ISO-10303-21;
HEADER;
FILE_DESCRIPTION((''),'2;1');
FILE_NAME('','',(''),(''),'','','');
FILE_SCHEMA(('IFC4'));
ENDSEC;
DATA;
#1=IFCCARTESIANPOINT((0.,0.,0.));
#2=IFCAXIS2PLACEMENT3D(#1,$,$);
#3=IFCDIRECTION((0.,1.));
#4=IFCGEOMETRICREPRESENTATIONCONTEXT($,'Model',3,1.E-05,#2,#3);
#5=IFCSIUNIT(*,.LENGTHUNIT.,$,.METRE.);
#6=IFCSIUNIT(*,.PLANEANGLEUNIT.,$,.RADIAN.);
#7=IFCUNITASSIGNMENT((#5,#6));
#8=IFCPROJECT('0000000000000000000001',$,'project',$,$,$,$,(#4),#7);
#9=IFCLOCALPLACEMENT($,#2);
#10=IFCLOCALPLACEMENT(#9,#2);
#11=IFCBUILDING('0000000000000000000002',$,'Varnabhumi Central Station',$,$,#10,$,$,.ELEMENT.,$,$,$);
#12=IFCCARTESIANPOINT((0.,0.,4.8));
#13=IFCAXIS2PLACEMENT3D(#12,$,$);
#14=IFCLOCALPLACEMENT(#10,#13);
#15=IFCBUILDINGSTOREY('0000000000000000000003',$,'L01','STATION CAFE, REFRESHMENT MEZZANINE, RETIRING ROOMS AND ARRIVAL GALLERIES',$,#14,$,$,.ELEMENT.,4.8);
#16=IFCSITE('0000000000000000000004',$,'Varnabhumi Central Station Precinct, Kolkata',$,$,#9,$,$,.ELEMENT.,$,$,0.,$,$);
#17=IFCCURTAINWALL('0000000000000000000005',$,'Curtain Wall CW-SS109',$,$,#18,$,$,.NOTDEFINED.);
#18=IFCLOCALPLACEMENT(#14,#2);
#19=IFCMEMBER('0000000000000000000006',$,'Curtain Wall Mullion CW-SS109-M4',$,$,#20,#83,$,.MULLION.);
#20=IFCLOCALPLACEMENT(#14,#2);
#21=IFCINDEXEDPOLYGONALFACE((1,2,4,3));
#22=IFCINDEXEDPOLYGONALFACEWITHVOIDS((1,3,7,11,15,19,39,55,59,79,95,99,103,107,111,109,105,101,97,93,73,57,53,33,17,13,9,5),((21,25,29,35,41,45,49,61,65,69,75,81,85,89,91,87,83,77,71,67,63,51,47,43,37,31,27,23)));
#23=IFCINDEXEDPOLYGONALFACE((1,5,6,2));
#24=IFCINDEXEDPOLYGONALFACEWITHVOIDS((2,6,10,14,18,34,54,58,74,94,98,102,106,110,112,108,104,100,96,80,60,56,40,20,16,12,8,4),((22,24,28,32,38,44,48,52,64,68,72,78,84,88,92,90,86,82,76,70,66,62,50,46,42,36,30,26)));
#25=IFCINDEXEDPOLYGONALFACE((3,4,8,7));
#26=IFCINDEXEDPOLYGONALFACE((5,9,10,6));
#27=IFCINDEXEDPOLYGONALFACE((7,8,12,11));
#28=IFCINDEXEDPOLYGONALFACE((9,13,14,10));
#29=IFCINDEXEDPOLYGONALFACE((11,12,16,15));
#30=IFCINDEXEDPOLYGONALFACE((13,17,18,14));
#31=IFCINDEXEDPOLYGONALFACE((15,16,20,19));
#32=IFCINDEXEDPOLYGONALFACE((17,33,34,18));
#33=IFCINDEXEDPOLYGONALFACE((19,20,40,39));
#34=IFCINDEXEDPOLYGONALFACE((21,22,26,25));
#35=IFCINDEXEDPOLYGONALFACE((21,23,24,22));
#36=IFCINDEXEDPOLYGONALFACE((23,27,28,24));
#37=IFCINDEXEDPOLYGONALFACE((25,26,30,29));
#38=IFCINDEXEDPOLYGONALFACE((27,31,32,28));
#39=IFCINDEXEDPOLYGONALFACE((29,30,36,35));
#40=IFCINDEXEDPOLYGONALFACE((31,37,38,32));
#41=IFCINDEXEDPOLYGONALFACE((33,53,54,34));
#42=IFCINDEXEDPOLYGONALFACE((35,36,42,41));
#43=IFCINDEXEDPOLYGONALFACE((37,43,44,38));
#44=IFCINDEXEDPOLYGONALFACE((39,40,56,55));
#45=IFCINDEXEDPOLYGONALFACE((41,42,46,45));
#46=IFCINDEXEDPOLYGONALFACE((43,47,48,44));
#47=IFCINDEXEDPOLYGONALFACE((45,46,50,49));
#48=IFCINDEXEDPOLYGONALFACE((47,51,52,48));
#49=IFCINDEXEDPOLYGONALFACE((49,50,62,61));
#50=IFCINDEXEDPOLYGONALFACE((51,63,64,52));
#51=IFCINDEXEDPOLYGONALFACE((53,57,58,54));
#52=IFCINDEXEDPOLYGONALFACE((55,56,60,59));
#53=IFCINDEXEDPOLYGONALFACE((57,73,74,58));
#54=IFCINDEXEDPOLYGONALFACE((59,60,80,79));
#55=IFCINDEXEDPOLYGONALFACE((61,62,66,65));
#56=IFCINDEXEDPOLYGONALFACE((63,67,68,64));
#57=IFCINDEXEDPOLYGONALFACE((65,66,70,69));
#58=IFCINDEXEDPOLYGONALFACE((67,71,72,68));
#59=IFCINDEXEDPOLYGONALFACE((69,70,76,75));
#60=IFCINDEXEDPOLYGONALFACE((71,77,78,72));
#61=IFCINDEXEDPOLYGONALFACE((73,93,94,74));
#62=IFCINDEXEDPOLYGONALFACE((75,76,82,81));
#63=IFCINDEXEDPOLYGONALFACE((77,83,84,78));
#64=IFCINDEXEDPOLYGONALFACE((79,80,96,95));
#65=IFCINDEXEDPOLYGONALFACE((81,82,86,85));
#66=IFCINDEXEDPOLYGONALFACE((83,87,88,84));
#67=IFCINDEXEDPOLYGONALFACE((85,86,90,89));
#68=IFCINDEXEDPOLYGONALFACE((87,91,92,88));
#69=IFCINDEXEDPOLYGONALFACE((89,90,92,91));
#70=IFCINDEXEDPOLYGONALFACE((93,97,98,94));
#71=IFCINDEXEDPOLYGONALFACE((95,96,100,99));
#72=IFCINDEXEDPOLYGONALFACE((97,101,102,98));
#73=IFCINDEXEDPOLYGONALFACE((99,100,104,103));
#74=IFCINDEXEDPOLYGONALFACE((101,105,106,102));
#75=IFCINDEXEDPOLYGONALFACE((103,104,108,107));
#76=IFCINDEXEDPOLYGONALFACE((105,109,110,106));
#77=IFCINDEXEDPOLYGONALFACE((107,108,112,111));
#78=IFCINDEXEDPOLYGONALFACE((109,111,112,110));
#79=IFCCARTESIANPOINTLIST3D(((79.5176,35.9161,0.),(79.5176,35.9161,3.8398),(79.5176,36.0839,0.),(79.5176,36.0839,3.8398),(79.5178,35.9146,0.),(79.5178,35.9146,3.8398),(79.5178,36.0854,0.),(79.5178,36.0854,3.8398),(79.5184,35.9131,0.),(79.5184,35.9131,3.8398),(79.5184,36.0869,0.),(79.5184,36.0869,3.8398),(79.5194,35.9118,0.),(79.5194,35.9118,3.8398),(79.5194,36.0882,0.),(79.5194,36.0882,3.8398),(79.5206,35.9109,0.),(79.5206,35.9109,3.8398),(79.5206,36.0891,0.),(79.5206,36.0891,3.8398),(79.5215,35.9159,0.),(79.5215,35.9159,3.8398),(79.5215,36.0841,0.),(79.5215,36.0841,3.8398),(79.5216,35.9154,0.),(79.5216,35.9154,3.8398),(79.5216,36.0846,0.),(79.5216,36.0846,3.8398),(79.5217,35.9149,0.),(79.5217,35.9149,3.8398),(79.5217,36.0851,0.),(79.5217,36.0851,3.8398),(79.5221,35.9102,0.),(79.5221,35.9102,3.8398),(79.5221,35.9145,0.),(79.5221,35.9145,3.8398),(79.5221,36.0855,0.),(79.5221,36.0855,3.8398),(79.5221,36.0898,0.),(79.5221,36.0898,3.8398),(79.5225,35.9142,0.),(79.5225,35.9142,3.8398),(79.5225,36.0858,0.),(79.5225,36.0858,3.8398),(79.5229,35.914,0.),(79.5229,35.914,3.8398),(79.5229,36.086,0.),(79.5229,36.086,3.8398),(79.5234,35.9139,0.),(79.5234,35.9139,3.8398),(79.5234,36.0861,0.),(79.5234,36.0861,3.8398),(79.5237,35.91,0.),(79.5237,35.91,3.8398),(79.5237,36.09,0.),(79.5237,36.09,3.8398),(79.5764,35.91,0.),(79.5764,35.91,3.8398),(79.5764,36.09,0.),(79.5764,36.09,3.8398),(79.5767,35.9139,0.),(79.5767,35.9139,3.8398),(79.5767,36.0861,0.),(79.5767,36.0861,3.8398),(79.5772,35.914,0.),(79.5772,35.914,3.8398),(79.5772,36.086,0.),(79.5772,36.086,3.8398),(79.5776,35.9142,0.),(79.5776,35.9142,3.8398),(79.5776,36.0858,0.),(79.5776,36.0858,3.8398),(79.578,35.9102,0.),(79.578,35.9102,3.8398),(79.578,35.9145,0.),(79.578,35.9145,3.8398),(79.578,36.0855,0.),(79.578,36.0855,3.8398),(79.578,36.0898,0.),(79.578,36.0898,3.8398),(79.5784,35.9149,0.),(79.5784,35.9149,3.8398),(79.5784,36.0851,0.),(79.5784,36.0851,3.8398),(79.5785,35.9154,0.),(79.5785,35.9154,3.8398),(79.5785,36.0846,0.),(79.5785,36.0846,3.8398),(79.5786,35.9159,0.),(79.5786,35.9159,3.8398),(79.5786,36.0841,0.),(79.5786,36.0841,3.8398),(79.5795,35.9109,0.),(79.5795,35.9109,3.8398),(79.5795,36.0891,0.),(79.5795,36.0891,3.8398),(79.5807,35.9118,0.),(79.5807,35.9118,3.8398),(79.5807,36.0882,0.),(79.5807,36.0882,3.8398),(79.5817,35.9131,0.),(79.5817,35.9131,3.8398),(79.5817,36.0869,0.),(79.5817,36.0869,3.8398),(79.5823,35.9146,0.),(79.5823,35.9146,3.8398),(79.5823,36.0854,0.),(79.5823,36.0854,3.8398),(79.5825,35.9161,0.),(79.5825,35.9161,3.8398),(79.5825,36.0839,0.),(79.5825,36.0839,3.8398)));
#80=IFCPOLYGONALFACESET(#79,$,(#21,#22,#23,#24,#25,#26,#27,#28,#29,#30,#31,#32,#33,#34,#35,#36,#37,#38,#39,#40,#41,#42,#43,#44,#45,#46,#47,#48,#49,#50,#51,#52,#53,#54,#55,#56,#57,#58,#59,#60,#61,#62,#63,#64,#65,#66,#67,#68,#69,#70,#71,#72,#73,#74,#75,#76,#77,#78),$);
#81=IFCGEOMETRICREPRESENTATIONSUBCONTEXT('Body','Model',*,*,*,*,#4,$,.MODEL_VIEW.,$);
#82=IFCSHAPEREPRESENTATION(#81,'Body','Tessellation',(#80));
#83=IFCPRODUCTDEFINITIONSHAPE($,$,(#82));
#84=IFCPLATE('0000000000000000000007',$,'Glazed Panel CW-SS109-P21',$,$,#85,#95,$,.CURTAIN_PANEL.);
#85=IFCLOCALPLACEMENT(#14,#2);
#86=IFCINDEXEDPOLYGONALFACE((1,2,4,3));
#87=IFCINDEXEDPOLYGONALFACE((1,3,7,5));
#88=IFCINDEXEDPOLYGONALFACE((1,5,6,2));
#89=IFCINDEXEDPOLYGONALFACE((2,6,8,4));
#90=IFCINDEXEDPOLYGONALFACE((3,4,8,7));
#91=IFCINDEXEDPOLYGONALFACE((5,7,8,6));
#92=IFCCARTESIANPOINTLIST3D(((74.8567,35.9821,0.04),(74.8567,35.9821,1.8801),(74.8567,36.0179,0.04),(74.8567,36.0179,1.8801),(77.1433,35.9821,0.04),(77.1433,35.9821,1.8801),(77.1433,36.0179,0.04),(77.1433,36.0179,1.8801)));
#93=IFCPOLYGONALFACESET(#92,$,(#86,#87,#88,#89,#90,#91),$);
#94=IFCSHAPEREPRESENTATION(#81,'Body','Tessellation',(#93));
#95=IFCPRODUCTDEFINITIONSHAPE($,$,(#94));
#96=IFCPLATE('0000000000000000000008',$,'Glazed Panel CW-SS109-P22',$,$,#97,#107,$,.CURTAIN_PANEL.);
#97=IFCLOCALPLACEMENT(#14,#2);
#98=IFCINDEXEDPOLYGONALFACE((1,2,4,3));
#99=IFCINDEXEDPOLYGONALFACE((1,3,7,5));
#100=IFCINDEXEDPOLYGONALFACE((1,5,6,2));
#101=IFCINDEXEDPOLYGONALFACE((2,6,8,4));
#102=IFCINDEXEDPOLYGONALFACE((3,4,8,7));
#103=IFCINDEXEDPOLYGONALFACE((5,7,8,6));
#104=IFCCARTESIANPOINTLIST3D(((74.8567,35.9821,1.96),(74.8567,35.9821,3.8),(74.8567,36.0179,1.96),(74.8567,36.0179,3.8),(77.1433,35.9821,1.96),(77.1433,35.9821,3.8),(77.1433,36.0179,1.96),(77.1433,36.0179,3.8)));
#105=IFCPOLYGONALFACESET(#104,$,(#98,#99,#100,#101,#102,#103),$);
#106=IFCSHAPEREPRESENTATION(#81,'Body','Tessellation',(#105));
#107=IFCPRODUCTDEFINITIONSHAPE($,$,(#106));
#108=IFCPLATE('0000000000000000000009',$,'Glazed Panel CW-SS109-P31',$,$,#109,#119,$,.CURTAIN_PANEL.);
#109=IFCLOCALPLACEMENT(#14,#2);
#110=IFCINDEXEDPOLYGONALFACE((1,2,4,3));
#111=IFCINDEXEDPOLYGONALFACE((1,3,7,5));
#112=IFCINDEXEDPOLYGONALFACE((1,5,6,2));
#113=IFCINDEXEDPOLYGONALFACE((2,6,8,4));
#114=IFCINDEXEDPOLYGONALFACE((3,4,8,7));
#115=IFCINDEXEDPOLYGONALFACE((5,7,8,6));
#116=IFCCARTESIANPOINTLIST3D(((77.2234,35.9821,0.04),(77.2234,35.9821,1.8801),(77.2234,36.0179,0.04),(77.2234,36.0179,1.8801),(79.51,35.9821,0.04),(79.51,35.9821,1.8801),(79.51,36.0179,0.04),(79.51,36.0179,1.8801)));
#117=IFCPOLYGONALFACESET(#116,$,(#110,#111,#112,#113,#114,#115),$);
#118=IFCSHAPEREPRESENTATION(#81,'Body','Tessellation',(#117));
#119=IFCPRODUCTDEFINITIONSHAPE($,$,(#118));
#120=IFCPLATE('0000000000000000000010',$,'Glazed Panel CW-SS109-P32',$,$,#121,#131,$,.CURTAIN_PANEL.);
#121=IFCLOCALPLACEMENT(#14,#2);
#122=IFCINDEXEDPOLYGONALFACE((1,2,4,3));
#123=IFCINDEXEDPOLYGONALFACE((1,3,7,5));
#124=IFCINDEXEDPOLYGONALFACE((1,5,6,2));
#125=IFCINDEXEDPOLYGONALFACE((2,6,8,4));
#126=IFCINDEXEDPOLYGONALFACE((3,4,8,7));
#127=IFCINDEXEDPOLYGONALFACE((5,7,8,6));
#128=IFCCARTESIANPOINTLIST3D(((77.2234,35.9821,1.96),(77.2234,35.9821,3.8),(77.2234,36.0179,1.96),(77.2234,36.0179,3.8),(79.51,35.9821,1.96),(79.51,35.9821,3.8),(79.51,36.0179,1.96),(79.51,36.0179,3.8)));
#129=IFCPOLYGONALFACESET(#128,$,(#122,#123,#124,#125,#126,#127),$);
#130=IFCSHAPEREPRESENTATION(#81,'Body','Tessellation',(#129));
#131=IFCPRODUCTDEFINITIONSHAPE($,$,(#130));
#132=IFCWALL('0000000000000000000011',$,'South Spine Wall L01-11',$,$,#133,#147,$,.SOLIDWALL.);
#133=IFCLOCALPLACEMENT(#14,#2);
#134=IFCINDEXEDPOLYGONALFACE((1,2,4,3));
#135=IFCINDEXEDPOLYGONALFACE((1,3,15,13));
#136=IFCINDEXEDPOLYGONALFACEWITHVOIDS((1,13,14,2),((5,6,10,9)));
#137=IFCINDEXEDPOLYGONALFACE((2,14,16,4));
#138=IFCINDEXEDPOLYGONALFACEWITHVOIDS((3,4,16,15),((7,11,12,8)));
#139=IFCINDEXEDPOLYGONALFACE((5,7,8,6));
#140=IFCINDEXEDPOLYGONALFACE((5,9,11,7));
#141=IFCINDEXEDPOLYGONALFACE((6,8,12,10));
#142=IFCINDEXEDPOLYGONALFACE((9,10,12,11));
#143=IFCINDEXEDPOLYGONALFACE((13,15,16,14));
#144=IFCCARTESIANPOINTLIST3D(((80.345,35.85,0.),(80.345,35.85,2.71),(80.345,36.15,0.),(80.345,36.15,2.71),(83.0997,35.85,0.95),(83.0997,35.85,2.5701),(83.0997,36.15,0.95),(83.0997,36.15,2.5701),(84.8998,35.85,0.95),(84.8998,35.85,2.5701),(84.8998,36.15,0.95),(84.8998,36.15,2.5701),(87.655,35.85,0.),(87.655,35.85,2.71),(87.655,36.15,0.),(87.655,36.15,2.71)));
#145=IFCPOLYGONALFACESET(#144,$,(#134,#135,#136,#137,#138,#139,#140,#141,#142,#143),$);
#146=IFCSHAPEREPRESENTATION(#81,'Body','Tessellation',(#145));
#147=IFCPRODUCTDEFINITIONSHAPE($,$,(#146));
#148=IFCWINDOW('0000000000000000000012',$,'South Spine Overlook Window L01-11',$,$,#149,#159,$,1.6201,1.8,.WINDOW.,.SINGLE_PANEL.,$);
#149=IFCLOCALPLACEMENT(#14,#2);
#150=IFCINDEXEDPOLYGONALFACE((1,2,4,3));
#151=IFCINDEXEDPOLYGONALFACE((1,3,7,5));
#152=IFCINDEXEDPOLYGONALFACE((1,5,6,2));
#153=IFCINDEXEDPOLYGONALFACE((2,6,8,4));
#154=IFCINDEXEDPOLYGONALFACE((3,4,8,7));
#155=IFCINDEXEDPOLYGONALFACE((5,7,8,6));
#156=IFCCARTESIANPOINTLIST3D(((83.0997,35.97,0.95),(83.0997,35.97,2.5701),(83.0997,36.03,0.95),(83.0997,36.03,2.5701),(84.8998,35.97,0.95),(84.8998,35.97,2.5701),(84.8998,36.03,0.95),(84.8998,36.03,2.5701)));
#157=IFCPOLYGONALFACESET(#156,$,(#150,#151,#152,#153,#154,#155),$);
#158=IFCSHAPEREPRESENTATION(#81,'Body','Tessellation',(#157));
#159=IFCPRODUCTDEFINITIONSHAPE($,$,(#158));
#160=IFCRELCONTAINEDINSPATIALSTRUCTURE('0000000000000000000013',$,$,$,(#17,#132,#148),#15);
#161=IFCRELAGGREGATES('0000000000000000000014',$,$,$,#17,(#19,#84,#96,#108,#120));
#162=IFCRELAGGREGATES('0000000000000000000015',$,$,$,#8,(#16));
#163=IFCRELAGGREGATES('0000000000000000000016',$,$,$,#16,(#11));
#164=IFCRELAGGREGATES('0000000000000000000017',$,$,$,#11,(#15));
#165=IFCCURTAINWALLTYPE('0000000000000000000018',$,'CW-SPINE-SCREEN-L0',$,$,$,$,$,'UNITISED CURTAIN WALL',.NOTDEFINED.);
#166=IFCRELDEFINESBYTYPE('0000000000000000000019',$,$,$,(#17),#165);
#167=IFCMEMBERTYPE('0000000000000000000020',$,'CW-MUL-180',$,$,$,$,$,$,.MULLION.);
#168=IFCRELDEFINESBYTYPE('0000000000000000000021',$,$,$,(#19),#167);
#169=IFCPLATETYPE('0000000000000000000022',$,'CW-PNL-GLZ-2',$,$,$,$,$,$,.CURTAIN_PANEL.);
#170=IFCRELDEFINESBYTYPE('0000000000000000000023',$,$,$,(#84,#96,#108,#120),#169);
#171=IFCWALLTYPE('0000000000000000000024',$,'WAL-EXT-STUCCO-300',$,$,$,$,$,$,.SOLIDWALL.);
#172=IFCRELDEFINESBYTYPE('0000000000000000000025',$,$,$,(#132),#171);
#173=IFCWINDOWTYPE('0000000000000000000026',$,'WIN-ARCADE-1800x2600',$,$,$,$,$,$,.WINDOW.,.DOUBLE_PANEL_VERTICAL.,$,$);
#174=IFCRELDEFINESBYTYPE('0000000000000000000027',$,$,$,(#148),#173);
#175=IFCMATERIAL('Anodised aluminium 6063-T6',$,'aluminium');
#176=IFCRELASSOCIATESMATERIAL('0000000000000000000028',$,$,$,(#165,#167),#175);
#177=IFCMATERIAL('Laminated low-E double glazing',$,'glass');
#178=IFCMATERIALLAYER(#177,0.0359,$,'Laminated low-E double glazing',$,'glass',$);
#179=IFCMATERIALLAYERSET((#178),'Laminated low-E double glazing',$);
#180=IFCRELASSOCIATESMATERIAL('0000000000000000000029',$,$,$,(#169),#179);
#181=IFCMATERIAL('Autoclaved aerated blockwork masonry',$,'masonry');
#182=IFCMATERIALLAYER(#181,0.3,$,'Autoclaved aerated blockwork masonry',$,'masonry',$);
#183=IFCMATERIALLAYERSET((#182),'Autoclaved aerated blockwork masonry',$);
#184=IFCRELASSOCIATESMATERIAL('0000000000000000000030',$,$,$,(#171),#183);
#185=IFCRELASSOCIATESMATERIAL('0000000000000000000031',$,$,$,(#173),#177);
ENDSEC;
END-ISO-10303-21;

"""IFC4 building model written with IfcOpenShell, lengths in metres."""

from ifc_helpers import new_model, si_unit, direction, frame, frame_2d, origin, origin_2d, place, context, subcontext, project, spatial, rectangle, hollow_rectangle, extrude, material, layer, layer_set, material_profile, profile_set, type_object, element, fill, aggregate, save


model = new_model("IFC4")

# Units and contexts
model_context = context("Model", 3, precision=1e-05, world=origin(), true_north=direction((0.0, 1.0)))
body_context = subcontext(model_context, "Body", "Model", "MODEL_VIEW")
ifc_project = project(units=[si_unit("LENGTHUNIT", "METRE"), si_unit("PLANEANGLEUNIT", "RADIAN")], contexts=[model_context])

# Site, building, storey
site_placement = place(None, origin())
site = spatial("IfcSite", under=ifc_project, at=site_placement, Name="Varnabhumi Central Station Precinct, Kolkata", CompositionType="ELEMENT", RefElevation=0.0)
building_placement = place(site_placement, origin())
building = spatial("IfcBuilding", under=site, at=building_placement, Name="Varnabhumi Central Station", CompositionType="ELEMENT")
storey_placement = place(building_placement, frame((0.0, 0.0, 4.8)))
storey = spatial("IfcBuildingStorey", under=building, at=storey_placement, Name="L01", Description="STATION CAFE, REFRESHMENT MEZZANINE, RETIRING ROOMS AND ARRIVAL GALLERIES", CompositionType="ELEMENT", Elevation=4.8)

# Curtain wall, member, plates
ifc_material_1 = material(Name="Anodised aluminium 6063-T6", Category="aluminium")
curtain_wall_type = type_object("IfcCurtainWallType", Name="CW-SPINE-SCREEN-L0", ElementType="UNITISED CURTAIN WALL", PredefinedType="NOTDEFINED", material=ifc_material_1)
curtain_wall_placement = place(storey_placement, origin())
curtain_wall = element("IfcCurtainWall", 1, at=curtain_wall_placement, inside=storey, type_object=curtain_wall_type, Name="Curtain Wall CW-SS109", PredefinedType="NOTDEFINED")
ifc_material_profile_1 = material_profile(ifc_material_1, hollow_rectangle(XDim=0.0649, YDim=0.1799, WallThickness=0.0039, InnerFilletRadius=0.002, OuterFilletRadius=0.0061, at=origin_2d()), Name="Anodised aluminium 6063-T6", Category="aluminium")
ifc_profile_set_1 = profile_set([ifc_material_profile_1], Name="Anodised aluminium 6063-T6")
member_type = type_object("IfcMemberType", Name="CW-MUL-180", PredefinedType="MULLION", material=ifc_profile_set_1)
member_1_placement = place(storey_placement, frame((79.55, 36.0, 0.0), z_axis=(0.0, 0.0, 1.0), x_axis=(1.0, 0.0, 0.0)))
member_1 = element("IfcMember", 2, at=member_1_placement, type_object=member_type, Name="Curtain Wall Mullion CW-SS109-M4", PredefinedType="MULLION", context=body_context, shape_type="SweptSolid", body=[
    extrude(hollow_rectangle(XDim=0.0649, YDim=0.1799, WallThickness=0.0039, InnerFilletRadius=0.002, OuterFilletRadius=0.0061, at=origin_2d()), origin(), (0.0, 0.0, 1.0), 3.8398),
])
ifc_material_2 = material(Name="Laminated low-E double glazing", Category="glass")
ifc_layer_1 = layer(ifc_material_2, 0.0359, Name="Laminated low-E double glazing", Category="glass")
ifc_layer_set_1 = layer_set([ifc_layer_1], Name="Laminated low-E double glazing")
plate_type = type_object("IfcPlateType", Name="CW-PNL-GLZ-2", PredefinedType="CURTAIN_PANEL", material=ifc_layer_set_1)
plate_1_placement = place(storey_placement, frame((76.0, 36.0, 0.04), z_axis=(0.0, 0.0, 1.0), x_axis=(1.0, 0.0, 0.0)))
plate_1 = element("IfcPlate", 3, at=plate_1_placement, type_object=plate_type, Name="Glazed Panel CW-SS109-P21", PredefinedType="CURTAIN_PANEL", context=body_context, shape_type="SweptSolid", body=[
    extrude(rectangle(XDim=2.2866, YDim=0.0359, at=origin_2d()), origin(), (0.0, 0.0, 1.0), 1.8401),
])
plate_2_placement = place(storey_placement, frame((76.0, 36.0, 1.96), z_axis=(0.0, 0.0, 1.0), x_axis=(1.0, 0.0, 0.0)))
plate_2 = element("IfcPlate", 4, at=plate_2_placement, type_object=plate_type, Name="Glazed Panel CW-SS109-P22", PredefinedType="CURTAIN_PANEL", context=body_context, shape_type="SweptSolid", body=[
    extrude(rectangle(XDim=2.2866, YDim=0.0359, at=origin_2d()), origin(), (0.0, 0.0, 1.0), 1.8401),
])
plate_3_placement = place(storey_placement, frame((78.3667, 36.0, 0.04), z_axis=(0.0, 0.0, 1.0), x_axis=(1.0, 0.0, 0.0)))
plate_3 = element("IfcPlate", 5, at=plate_3_placement, type_object=plate_type, Name="Glazed Panel CW-SS109-P31", PredefinedType="CURTAIN_PANEL", context=body_context, shape_type="SweptSolid", body=[
    extrude(rectangle(XDim=2.2866, YDim=0.0359, at=origin_2d()), origin(), (0.0, 0.0, 1.0), 1.8401),
])
plate_4_placement = place(storey_placement, frame((78.3667, 36.0, 1.96), z_axis=(0.0, 0.0, 1.0), x_axis=(1.0, 0.0, 0.0)))
plate_4 = element("IfcPlate", 6, at=plate_4_placement, type_object=plate_type, Name="Glazed Panel CW-SS109-P32", PredefinedType="CURTAIN_PANEL", context=body_context, shape_type="SweptSolid", body=[
    extrude(rectangle(XDim=2.2866, YDim=0.0359, at=origin_2d()), origin(), (0.0, 0.0, 1.0), 1.8401),
])
aggregate(curtain_wall, [member_1, plate_1, plate_2, plate_3, plate_4])

# Wall, opening, window
ifc_material_3 = material(Name="Autoclaved aerated blockwork masonry", Category="masonry")
ifc_layer_2 = layer(ifc_material_3, 0.3, Name="Autoclaved aerated blockwork masonry", Category="masonry")
ifc_layer_set_2 = layer_set([ifc_layer_2], Name="Autoclaved aerated blockwork masonry")
wall_type = type_object("IfcWallType", Name="WAL-EXT-STUCCO-300", PredefinedType="SOLIDWALL", material=ifc_layer_set_2)
wall_placement = place(storey_placement, frame((80.345, 36.0, 0.0), z_axis=(0.0, 0.0, 1.0), x_axis=(1.0, 0.0, 0.0)))
wall = element("IfcWall", 7, at=wall_placement, inside=storey, type_object=wall_type, Name="South Spine Wall L01-11", PredefinedType="SOLIDWALL", context=body_context, shape_type="SweptSolid", body=[
    extrude(rectangle(XDim=7.3101, YDim=0.3, at=frame_2d((3.655, 0.0))), origin(), (0.0, 0.0, 1.0), 2.71),
])
opening_placement = place(wall_placement, frame((2.7549, 0.0, 0.95)))
opening = element("IfcOpeningElement", 8, at=opening_placement, cuts=wall, PredefinedType="OPENING", context=body_context, shape_type="SweptSolid", body=[
    extrude(rectangle(XDim=1.8, YDim=1.6201, at=frame_2d((0.8999, 0.8101))), frame((0.0, 0.1599, 0.0), z_axis=(0.0, -1.0, 0.0), x_axis=(1.0, 0.0, 0.0)), (0.0, 0.0, 1.0), 0.3201),
])
window_type = type_object("IfcWindowType", Name="WIN-ARCADE-1800x2600", PartitioningType="DOUBLE_PANEL_VERTICAL", PredefinedType="WINDOW", material=ifc_material_2)
window_placement = place(opening_placement, origin())
window = element("IfcWindow", 9, at=window_placement, inside=storey, type_object=window_type, Name="South Spine Overlook Window L01-11", OverallHeight=1.6201, OverallWidth=1.8, PartitioningType="SINGLE_PANEL", PredefinedType="WINDOW", context=body_context, shape_type="SweptSolid", body=[
    extrude(rectangle(XDim=1.8, YDim=1.6201, at=frame_2d((0.8999, 0.8101))), frame((0.0, 0.03, 0.0), z_axis=(0.0, -1.0, 0.0), x_axis=(1.0, 0.0, 0.0)), (0.0, 0.0, 1.0), 0.0601),
])
fill(opening, window)

save(model, "model.ifc")
